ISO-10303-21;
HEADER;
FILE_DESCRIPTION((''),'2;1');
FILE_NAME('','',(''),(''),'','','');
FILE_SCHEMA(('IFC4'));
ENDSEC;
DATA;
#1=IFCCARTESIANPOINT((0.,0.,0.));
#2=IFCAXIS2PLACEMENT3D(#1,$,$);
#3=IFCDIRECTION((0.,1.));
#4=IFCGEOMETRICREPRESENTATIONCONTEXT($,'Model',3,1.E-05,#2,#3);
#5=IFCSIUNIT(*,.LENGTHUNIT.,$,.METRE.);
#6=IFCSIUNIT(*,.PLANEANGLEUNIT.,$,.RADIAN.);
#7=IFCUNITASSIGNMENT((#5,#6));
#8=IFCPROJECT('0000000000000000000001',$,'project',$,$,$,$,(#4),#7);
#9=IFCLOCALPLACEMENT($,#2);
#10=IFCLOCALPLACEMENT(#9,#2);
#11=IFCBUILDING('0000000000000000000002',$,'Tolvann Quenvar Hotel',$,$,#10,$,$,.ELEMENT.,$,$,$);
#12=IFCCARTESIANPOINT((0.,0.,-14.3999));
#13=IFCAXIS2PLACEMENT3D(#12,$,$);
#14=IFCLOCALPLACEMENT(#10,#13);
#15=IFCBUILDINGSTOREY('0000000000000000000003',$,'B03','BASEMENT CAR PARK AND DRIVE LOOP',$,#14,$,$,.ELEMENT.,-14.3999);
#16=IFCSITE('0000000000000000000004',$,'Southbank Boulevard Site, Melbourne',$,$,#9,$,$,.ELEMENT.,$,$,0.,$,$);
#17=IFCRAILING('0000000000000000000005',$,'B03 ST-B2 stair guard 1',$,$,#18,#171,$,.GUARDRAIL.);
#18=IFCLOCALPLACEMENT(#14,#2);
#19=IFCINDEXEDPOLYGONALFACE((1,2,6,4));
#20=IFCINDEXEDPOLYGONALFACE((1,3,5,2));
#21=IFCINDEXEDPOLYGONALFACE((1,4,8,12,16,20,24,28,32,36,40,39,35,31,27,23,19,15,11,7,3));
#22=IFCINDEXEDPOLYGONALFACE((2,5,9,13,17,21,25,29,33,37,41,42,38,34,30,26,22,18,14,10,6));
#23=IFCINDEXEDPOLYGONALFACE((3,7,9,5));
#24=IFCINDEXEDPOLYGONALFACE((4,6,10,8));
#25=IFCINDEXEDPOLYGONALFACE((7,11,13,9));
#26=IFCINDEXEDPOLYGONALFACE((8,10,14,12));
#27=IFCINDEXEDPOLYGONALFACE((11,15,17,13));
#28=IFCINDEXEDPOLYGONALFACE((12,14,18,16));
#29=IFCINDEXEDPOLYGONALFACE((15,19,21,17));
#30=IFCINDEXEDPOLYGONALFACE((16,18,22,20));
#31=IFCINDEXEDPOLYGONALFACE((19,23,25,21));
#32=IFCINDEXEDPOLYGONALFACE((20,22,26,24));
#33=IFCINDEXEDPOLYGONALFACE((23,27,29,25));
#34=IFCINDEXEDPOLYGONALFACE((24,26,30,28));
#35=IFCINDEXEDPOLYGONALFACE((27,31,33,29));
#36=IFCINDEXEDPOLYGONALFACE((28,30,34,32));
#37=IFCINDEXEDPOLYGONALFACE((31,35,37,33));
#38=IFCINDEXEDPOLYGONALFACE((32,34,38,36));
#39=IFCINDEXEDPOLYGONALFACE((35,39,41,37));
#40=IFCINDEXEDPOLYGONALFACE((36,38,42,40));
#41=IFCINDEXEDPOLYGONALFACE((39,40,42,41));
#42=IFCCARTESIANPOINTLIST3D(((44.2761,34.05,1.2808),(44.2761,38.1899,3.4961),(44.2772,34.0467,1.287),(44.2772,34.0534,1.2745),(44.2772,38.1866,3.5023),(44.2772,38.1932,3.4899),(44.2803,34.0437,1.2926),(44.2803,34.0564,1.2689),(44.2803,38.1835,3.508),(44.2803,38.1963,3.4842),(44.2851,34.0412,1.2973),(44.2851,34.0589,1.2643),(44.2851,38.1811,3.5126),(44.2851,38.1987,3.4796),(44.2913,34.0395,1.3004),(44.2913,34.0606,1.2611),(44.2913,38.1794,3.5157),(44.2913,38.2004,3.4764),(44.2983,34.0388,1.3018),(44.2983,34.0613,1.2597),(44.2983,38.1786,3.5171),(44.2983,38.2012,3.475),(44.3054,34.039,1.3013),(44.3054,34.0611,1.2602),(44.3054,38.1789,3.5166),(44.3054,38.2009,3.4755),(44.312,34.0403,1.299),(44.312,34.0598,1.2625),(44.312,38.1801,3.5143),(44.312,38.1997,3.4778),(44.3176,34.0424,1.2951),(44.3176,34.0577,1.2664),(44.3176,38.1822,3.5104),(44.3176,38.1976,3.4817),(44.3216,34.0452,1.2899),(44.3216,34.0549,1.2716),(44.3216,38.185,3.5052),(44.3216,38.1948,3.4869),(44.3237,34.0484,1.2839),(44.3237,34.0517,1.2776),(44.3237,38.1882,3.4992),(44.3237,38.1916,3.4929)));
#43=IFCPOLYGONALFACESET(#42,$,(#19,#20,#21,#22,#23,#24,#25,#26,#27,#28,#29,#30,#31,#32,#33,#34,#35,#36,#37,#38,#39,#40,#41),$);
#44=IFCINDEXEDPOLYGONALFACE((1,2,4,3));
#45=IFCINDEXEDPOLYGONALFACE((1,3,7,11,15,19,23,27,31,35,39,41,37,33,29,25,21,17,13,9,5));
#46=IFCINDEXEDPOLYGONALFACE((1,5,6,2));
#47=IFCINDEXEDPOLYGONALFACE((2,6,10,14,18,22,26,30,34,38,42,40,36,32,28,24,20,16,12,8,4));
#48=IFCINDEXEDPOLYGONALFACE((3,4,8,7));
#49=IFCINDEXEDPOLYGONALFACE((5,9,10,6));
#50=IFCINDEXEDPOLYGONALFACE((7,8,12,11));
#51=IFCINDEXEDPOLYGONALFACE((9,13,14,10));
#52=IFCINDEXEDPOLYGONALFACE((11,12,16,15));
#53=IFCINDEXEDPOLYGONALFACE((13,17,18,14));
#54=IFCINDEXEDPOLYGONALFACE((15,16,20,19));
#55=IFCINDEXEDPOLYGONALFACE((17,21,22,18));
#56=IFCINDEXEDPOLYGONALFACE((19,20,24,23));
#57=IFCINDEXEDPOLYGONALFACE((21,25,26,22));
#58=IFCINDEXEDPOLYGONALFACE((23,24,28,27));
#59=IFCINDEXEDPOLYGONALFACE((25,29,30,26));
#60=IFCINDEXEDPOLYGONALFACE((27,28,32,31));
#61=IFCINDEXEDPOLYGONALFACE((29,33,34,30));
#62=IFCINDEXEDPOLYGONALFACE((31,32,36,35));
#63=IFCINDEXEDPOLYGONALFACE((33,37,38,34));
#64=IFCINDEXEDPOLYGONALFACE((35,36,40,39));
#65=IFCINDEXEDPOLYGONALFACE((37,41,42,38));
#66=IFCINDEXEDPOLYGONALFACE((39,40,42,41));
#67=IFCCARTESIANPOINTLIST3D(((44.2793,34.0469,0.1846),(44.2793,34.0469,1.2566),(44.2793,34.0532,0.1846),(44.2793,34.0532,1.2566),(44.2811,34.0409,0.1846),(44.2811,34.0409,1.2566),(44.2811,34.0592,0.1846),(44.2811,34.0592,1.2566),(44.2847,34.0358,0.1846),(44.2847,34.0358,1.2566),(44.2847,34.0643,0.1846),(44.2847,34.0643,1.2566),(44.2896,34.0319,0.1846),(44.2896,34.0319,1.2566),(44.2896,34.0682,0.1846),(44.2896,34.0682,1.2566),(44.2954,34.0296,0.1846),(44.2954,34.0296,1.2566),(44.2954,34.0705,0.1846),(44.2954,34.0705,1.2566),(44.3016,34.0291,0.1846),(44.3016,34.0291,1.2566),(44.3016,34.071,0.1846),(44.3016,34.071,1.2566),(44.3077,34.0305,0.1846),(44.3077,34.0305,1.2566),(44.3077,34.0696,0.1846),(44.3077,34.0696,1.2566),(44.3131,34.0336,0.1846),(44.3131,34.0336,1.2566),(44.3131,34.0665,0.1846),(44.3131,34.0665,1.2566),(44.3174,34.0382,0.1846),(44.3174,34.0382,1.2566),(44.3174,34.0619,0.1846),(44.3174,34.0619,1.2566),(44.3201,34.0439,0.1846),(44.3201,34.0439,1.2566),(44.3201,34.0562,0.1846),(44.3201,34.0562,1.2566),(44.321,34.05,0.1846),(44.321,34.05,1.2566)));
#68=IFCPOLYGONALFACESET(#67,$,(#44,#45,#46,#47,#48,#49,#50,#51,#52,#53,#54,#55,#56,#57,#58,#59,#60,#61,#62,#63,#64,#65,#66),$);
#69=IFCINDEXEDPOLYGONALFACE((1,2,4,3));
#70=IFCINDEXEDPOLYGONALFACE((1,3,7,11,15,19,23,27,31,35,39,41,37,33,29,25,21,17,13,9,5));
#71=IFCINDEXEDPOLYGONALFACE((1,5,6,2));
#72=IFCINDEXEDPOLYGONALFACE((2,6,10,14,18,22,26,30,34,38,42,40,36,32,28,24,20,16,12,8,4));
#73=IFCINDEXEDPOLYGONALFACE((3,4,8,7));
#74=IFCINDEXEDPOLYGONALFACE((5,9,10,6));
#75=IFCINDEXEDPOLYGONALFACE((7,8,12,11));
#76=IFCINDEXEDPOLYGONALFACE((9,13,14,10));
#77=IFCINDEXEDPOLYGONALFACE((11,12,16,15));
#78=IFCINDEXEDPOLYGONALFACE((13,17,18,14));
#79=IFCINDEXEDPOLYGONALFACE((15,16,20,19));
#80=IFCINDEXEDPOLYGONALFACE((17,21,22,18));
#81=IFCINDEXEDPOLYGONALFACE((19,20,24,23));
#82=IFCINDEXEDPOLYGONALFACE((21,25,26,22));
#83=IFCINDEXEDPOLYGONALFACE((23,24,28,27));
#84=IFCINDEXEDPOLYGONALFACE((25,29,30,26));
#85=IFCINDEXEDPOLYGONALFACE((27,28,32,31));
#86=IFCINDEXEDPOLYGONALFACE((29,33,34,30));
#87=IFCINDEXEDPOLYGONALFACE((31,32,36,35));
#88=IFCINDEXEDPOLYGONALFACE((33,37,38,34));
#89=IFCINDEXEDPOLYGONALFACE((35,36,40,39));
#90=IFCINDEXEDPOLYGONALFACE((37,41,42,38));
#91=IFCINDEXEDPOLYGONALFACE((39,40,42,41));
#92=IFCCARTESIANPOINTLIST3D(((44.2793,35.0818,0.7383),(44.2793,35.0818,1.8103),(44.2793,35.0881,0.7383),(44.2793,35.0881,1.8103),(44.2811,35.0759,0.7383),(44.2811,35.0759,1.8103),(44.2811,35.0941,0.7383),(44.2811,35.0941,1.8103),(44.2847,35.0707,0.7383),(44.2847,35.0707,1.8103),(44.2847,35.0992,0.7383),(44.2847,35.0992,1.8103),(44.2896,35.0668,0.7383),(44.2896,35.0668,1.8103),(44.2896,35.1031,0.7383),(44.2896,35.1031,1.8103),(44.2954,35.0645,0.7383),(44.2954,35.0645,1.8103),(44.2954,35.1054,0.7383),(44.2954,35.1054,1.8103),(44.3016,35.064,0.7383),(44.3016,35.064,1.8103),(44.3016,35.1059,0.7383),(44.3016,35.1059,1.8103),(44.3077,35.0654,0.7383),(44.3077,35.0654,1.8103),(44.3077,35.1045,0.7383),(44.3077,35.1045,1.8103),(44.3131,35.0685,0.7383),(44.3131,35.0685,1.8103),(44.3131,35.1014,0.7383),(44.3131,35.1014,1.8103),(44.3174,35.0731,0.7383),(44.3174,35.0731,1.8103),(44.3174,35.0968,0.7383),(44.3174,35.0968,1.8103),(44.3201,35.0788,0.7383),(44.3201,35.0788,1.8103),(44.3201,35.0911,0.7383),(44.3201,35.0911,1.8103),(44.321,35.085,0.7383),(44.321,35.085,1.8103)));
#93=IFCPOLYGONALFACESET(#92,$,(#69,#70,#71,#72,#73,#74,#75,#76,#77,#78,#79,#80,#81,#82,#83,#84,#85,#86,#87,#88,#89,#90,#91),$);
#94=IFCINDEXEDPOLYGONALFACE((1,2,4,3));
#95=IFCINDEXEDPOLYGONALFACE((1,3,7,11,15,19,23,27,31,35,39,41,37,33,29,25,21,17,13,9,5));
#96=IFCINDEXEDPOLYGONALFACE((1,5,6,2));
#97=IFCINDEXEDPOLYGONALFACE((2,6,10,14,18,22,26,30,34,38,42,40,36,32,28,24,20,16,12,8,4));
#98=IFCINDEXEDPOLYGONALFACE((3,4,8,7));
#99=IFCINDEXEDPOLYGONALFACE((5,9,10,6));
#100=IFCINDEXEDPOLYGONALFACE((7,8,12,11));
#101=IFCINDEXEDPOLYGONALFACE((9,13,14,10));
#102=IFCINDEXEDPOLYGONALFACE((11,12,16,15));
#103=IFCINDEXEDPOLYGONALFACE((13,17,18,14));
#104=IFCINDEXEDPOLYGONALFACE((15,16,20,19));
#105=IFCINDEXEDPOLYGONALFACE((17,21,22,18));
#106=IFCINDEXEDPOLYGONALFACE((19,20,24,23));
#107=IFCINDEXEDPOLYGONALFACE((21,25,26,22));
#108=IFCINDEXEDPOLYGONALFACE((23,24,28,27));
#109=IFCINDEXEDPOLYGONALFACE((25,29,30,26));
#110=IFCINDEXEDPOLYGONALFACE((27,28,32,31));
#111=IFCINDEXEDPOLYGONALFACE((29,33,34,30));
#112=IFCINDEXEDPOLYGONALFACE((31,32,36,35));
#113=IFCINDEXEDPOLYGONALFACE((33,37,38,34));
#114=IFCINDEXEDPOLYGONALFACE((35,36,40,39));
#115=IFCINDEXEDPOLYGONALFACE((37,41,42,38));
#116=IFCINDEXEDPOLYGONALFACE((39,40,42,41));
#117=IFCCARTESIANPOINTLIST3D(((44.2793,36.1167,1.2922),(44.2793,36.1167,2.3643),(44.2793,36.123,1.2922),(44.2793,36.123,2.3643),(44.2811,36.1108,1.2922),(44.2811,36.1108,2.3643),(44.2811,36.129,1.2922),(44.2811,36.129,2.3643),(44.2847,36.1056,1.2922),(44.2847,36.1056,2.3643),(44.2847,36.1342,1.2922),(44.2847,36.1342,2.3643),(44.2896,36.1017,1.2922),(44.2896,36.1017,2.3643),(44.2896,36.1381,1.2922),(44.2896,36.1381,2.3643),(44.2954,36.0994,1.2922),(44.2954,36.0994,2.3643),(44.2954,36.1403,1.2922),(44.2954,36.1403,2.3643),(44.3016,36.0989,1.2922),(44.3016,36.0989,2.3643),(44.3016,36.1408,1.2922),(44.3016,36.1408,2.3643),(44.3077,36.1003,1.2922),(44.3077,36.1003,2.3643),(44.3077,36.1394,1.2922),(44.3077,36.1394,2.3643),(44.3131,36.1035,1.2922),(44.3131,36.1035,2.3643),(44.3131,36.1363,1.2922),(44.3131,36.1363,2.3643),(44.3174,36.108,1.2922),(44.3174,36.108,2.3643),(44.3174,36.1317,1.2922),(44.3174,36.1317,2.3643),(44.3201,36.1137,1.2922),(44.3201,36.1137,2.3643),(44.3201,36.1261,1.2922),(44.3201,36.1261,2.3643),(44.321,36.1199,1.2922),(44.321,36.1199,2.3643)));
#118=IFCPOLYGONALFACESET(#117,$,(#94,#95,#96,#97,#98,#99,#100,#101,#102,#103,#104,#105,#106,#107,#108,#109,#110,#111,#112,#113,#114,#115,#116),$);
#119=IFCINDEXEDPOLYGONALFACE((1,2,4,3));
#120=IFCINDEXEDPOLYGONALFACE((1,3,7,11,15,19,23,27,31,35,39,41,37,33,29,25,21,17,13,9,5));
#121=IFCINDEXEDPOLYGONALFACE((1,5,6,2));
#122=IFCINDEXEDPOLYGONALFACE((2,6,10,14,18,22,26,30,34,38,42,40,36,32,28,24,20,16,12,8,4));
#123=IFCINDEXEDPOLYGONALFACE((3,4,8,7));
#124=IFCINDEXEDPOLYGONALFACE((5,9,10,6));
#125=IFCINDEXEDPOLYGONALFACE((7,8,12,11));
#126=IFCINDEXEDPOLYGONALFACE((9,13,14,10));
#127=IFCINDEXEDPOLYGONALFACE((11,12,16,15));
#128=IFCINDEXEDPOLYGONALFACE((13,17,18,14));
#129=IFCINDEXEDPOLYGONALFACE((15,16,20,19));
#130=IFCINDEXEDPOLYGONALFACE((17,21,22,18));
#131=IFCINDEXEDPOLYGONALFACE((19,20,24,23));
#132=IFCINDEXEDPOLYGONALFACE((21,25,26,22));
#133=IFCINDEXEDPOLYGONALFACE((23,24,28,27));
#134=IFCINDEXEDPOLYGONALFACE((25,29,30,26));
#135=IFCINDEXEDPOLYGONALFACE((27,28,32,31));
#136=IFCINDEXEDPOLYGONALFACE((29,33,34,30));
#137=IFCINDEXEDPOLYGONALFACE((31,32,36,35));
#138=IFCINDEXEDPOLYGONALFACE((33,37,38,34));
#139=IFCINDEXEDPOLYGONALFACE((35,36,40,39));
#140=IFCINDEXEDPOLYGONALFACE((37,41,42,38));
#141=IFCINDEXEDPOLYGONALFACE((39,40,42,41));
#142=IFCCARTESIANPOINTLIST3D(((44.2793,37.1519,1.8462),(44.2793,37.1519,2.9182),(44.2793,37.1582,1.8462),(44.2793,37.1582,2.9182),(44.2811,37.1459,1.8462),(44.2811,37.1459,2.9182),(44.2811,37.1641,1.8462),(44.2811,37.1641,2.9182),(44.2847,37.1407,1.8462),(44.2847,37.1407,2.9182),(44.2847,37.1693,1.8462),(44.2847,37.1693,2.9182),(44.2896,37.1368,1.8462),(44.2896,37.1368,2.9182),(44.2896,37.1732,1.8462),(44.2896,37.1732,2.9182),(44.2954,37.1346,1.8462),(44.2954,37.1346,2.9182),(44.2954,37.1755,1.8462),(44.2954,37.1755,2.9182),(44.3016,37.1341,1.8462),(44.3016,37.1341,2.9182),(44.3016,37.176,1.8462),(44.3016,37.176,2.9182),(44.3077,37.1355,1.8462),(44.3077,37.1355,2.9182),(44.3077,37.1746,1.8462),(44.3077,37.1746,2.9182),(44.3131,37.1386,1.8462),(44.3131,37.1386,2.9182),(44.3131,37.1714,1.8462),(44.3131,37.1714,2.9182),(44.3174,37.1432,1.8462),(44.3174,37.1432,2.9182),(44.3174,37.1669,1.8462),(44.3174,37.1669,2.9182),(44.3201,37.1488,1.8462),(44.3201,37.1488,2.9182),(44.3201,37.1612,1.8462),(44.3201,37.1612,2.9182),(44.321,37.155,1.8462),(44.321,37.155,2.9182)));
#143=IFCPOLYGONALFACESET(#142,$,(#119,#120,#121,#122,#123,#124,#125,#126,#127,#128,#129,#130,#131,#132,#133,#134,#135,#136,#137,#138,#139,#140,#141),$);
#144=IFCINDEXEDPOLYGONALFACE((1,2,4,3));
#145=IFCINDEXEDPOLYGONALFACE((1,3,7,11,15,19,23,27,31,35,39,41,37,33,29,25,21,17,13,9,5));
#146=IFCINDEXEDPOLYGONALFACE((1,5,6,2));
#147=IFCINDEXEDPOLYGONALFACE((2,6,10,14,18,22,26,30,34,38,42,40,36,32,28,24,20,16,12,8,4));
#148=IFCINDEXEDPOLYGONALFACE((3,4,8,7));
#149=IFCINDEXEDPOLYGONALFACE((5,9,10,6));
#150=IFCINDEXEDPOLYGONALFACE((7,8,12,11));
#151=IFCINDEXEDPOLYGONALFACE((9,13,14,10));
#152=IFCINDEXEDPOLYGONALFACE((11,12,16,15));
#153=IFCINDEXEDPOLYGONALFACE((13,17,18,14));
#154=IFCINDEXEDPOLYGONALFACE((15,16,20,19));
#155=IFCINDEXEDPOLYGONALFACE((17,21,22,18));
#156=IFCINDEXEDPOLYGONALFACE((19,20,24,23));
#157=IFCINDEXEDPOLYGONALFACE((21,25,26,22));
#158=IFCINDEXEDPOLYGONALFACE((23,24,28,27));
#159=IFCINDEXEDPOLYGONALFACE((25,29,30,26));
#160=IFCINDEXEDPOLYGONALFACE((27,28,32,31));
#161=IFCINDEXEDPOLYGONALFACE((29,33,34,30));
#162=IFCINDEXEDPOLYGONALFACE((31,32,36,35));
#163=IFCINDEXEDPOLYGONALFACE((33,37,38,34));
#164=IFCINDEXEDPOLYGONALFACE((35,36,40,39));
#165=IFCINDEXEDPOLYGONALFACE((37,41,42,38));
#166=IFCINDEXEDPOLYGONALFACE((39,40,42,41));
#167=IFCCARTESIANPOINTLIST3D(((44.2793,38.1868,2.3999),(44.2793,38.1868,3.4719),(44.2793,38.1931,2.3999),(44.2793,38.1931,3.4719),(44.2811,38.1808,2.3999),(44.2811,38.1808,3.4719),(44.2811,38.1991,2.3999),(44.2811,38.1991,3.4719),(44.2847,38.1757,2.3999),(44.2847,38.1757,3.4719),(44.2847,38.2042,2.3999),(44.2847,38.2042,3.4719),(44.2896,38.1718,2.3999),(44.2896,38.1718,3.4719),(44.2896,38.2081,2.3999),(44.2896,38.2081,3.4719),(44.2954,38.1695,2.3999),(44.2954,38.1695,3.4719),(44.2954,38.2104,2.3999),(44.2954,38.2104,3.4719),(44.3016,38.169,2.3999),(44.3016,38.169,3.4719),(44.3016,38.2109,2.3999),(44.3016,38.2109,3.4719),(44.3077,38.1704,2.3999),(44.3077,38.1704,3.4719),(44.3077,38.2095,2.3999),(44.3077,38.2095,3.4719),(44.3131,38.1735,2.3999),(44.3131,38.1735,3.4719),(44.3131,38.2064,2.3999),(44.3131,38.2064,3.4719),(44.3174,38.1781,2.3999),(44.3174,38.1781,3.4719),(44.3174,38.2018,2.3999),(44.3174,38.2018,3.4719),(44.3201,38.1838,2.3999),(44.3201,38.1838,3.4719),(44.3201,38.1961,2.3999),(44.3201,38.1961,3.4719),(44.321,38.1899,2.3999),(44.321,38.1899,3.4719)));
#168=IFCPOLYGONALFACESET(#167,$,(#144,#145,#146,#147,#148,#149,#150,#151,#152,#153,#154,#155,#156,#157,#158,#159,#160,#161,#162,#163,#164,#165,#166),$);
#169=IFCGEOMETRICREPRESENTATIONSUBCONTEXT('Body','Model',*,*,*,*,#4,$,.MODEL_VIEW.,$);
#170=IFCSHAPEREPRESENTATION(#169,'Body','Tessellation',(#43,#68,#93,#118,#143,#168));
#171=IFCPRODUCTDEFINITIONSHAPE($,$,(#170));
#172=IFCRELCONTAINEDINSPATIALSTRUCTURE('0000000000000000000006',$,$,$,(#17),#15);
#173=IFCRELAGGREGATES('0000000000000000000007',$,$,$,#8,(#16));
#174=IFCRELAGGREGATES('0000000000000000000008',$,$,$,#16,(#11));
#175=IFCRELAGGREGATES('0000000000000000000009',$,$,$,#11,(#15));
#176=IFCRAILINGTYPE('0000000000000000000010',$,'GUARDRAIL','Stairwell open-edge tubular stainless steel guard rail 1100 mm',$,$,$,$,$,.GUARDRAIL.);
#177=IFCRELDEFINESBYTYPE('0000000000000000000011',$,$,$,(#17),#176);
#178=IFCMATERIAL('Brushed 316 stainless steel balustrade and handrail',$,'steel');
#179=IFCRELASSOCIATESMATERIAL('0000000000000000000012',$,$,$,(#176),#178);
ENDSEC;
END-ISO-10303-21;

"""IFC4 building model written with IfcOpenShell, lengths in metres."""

from ifc_helpers import new_model, si_unit, direction, frame, origin, origin_2d, place, context, subcontext, project, spatial, circle, extrude, material, type_object, element, save


model = new_model("IFC4")

# Units and contexts
model_context = context("Model", 3, precision=1e-05, world=origin(), true_north=direction((0.0, 1.0)))
body_context = subcontext(model_context, "Body", "Model", "MODEL_VIEW")
ifc_project = project(units=[si_unit("LENGTHUNIT", "METRE"), si_unit("PLANEANGLEUNIT", "RADIAN")], contexts=[model_context])

# Site, building, storey
site_placement = place(None, origin())
site = spatial("IfcSite", under=ifc_project, at=site_placement, Name="Southbank Boulevard Site, Melbourne", CompositionType="ELEMENT", RefElevation=0.0)
building_placement = place(site_placement, origin())
building = spatial("IfcBuilding", under=site, at=building_placement, Name="Tolvann Quenvar Hotel", CompositionType="ELEMENT")
storey_placement = place(building_placement, frame((0.0, 0.0, -14.3999)))
storey = spatial("IfcBuildingStorey", under=building, at=storey_placement, Name="B03", Description="BASEMENT CAR PARK AND DRIVE LOOP", CompositionType="ELEMENT", Elevation=-14.3999)

# Railing
ifc_material_1 = material(Name="Brushed 316 stainless steel balustrade and handrail", Category="steel")
railing_type_1 = type_object("IfcRailingType", Name="GUARDRAIL", Description="Stairwell open-edge tubular stainless steel guard rail 1100 mm", PredefinedType="GUARDRAIL", material=ifc_material_1)
railing_1_placement = place(storey_placement, frame((44.3, 34.05, 0.1846)))
element("IfcRailing", 1, at=railing_1_placement, inside=storey, type_object=railing_type_1, Name="B03 ST-B2 stair guard 1", PredefinedType="GUARDRAIL", context=body_context, shape_type="SweptSolid", body=[
    extrude(circle(Radius=0.0239, at=origin_2d()), frame((0.0, 0.0, 1.0962), z_axis=(0.0, 0.881699, 0.471813), x_axis=(-1.0, 0.0, 0.0)), (0.0, 0.0, 1.0), 4.6953),
    extrude(circle(Radius=0.021, at=origin_2d()), origin(), (0.0, 0.0, 1.0), 1.072),
    extrude(circle(Radius=0.021, at=origin_2d()), frame((0.0, 1.0349, 0.5537)), (0.0, 0.0, 1.0), 1.072),
    extrude(circle(Radius=0.021, at=origin_2d()), frame((0.0, 2.0698, 1.1077)), (0.0, 0.0, 1.0), 1.072),
    extrude(circle(Radius=0.021, at=origin_2d()), frame((0.0, 3.105, 1.6616)), (0.0, 0.0, 1.0), 1.072),
    extrude(circle(Radius=0.021, at=origin_2d()), frame((0.0, 4.1399, 2.2153)), (0.0, 0.0, 1.0), 1.072),
])

save(model, "model.ifc")
